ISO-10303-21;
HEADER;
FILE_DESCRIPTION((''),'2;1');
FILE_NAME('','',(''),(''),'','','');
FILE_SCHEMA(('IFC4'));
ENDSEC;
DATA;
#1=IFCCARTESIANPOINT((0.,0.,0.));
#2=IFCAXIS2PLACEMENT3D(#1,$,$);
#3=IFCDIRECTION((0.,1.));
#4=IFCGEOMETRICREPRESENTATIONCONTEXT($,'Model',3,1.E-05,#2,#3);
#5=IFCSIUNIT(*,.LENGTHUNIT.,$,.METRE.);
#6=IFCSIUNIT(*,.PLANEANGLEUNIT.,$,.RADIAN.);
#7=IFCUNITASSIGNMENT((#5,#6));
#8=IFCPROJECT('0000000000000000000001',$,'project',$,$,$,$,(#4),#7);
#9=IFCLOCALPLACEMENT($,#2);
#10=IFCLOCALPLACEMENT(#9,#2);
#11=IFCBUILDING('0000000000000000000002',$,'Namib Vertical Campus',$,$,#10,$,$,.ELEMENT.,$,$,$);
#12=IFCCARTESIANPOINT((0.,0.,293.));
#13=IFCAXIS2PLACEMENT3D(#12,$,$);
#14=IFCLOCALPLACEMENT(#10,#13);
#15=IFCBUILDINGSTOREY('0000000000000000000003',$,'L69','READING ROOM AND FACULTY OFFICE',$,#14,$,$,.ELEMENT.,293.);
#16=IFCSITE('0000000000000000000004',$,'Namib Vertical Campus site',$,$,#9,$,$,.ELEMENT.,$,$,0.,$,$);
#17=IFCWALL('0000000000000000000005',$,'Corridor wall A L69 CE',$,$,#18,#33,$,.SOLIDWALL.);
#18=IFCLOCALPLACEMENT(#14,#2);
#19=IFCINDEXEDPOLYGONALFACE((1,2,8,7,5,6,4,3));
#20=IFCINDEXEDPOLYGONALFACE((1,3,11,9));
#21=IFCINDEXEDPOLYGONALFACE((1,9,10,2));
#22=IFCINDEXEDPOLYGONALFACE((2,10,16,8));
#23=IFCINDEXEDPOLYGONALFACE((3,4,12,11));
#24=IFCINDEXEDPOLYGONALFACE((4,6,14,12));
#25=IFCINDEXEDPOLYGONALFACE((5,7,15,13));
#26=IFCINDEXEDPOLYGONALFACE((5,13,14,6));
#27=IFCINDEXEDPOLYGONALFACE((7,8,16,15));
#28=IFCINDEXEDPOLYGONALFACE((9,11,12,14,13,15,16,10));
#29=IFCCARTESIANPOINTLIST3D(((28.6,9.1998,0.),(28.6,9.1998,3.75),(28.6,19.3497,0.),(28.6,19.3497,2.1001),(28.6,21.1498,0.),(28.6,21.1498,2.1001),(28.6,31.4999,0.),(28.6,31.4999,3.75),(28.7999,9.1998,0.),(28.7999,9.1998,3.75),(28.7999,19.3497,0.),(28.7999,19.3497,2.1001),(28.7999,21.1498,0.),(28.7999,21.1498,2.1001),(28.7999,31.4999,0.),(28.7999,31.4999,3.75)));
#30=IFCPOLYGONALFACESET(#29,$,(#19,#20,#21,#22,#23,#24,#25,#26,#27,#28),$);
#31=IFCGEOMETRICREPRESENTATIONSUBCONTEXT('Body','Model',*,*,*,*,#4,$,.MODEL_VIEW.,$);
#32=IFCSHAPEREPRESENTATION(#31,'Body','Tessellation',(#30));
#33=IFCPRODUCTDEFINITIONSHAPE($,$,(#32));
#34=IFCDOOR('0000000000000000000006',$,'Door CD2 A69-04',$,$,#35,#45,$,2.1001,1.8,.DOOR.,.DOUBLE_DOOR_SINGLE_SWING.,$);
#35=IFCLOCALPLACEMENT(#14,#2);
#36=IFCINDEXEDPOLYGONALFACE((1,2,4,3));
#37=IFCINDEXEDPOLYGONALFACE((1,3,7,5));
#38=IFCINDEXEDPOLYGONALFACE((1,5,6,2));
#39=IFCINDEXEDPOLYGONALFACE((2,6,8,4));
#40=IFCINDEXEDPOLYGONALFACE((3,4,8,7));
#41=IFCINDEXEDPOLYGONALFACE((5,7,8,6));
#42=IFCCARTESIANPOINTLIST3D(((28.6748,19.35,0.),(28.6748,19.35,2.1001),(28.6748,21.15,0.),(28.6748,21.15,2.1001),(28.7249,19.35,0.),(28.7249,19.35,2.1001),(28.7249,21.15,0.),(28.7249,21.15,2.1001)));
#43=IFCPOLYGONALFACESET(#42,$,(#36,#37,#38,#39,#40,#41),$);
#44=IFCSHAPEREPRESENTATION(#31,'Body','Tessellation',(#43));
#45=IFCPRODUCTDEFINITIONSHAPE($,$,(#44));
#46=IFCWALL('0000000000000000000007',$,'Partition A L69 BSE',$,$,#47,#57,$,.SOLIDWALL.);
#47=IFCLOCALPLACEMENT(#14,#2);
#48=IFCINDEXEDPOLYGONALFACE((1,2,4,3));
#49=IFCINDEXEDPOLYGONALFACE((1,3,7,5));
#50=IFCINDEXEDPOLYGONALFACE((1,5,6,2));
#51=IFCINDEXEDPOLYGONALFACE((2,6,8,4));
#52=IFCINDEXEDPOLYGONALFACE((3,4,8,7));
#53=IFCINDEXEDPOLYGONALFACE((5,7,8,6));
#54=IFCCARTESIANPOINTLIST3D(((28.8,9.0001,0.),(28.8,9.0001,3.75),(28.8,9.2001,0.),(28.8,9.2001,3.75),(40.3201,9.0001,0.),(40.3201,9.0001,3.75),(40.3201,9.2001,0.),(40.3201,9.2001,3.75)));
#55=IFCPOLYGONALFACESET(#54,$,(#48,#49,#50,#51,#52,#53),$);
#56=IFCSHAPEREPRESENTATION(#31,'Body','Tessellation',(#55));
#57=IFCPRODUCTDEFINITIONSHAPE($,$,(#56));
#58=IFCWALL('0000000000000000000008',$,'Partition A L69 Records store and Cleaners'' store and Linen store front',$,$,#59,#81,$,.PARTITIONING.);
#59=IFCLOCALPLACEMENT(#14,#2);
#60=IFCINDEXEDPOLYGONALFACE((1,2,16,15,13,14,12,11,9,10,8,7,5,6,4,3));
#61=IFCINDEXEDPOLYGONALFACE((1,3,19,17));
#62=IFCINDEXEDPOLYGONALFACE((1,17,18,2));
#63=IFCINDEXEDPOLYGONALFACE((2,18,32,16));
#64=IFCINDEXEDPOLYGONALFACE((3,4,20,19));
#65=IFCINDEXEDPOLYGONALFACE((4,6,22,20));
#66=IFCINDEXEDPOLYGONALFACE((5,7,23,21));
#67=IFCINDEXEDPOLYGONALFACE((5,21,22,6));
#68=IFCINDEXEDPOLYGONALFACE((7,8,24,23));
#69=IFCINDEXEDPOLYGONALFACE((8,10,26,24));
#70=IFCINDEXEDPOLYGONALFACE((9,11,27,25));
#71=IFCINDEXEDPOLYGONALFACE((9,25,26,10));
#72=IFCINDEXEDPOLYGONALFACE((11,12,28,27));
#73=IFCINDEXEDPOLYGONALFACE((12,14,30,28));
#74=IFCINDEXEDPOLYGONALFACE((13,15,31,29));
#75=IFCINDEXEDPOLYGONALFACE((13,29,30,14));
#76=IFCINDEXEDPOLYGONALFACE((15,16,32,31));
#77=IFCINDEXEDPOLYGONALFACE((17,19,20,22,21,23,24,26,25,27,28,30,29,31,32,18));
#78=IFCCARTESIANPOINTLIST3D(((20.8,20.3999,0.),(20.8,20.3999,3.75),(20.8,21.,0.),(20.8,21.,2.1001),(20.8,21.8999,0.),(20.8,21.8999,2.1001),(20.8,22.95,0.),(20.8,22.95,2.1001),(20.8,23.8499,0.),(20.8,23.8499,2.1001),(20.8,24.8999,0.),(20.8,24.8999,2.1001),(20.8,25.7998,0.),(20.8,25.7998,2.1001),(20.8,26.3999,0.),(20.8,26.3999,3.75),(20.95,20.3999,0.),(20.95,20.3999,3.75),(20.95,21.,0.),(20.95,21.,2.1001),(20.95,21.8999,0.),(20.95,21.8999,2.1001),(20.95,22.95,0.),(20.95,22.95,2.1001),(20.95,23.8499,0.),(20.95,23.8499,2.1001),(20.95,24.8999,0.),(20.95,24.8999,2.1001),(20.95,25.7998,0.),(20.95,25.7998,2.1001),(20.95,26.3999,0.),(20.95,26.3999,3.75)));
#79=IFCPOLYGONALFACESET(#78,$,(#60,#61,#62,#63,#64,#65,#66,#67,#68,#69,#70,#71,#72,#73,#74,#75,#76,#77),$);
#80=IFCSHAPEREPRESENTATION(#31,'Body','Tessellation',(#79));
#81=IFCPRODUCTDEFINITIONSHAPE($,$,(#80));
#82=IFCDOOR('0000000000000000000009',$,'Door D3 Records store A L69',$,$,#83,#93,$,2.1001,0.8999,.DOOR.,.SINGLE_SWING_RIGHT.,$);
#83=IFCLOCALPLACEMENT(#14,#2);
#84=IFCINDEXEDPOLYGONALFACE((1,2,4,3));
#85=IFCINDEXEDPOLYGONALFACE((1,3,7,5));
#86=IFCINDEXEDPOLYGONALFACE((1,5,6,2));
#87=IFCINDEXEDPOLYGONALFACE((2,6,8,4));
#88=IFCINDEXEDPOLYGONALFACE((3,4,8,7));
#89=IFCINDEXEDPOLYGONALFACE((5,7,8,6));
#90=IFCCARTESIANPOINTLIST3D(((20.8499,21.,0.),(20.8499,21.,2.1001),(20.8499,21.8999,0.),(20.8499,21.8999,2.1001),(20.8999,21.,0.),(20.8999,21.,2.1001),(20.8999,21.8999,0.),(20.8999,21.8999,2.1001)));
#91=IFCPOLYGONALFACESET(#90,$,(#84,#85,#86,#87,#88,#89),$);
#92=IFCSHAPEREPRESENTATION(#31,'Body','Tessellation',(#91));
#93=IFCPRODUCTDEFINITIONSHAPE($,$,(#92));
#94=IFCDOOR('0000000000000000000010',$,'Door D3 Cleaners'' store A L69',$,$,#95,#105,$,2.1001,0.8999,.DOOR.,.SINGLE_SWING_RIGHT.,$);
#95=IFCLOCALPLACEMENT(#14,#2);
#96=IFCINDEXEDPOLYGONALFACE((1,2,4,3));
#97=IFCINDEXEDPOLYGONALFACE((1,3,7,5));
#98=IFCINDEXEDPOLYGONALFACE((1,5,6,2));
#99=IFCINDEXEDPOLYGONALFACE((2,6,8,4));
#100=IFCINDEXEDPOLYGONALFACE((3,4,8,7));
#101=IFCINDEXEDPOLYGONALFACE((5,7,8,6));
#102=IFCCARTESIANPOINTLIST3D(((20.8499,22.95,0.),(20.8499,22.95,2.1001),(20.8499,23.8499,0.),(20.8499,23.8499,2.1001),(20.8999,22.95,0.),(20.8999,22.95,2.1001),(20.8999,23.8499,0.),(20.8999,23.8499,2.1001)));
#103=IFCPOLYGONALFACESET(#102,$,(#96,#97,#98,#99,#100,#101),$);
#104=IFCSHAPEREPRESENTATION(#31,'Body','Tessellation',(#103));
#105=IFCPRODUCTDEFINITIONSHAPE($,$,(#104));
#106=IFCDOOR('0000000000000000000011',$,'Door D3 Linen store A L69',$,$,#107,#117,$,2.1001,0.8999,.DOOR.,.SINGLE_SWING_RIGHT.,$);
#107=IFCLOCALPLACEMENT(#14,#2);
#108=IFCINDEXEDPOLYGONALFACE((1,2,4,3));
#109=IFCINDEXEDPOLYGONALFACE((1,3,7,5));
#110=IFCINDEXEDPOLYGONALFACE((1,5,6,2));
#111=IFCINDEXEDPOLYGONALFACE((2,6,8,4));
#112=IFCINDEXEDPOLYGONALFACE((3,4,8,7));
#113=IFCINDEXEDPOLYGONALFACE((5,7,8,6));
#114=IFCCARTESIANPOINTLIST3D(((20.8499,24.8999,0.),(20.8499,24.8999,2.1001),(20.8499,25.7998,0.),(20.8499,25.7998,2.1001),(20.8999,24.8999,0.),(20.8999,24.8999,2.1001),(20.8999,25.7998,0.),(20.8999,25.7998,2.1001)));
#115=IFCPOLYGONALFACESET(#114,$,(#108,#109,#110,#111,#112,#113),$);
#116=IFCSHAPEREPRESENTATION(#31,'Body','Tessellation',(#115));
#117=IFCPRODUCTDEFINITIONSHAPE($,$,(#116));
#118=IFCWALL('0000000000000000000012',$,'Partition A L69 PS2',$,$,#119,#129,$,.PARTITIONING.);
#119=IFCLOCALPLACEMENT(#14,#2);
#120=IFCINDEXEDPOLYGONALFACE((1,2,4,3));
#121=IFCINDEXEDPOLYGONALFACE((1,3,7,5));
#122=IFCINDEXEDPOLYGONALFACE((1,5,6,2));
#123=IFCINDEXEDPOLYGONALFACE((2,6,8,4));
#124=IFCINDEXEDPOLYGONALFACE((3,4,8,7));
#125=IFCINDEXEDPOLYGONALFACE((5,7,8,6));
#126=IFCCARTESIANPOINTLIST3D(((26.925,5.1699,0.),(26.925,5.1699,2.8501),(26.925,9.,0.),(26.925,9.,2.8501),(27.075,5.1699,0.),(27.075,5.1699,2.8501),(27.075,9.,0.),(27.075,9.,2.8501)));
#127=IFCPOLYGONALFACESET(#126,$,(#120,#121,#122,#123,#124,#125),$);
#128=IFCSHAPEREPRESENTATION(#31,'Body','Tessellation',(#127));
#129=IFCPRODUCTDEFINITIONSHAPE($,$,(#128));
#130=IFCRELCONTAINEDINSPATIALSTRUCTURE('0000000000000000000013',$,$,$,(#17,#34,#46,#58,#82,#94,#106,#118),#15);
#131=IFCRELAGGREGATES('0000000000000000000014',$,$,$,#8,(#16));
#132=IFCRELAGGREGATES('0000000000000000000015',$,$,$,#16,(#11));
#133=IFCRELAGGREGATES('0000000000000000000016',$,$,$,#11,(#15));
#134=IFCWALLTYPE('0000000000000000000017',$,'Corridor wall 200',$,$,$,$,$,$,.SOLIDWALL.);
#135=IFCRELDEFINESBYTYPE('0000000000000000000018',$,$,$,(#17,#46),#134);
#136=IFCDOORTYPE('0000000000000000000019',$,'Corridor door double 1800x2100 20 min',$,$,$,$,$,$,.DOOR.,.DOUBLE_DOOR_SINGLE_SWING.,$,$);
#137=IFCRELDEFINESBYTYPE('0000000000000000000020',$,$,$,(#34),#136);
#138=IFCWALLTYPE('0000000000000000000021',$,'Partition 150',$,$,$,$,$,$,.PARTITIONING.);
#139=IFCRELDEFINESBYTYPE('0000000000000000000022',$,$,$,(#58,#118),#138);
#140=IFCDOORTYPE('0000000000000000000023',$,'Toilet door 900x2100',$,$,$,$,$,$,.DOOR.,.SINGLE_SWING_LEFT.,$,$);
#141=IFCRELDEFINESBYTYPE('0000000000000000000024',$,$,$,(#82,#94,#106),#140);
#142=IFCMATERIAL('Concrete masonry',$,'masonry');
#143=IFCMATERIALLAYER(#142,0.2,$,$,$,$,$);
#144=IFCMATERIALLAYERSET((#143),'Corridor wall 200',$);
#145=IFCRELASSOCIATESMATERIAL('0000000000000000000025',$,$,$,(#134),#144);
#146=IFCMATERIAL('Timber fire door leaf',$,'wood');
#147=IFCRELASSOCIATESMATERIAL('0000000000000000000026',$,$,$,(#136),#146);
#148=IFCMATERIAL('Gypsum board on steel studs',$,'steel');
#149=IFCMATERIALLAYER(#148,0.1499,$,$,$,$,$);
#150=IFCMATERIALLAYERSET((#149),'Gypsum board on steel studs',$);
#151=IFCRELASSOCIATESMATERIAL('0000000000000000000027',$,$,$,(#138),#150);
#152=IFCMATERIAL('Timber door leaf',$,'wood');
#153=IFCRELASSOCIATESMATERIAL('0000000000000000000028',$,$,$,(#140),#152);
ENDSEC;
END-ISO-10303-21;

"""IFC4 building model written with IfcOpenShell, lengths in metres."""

from ifc_helpers import new_model, si_unit, direction, frame, frame_2d, origin, place, context, subcontext, project, spatial, rectangle, extrude, material, layer, layer_set, type_object, element, fill, save


model = new_model("IFC4")

# Units and contexts
model_context = context("Model", 3, precision=1e-05, world=origin(), true_north=direction((0.0, 1.0)))
body_context = subcontext(model_context, "Body", "Model", "MODEL_VIEW")
ifc_project = project(units=[si_unit("LENGTHUNIT", "METRE"), si_unit("PLANEANGLEUNIT", "RADIAN")], contexts=[model_context])

# Site, building, storey
site_placement = place(None, origin())
site = spatial("IfcSite", under=ifc_project, at=site_placement, Name="Namib Vertical Campus site", CompositionType="ELEMENT", RefElevation=0.0)
building_placement = place(site_placement, origin())
building = spatial("IfcBuilding", under=site, at=building_placement, Name="Namib Vertical Campus", CompositionType="ELEMENT")
storey_placement = place(building_placement, frame((0.0, 0.0, 293.0)))
storey = spatial("IfcBuildingStorey", under=building, at=storey_placement, Name="L69", Description="READING ROOM AND FACULTY OFFICE", CompositionType="ELEMENT", Elevation=293.0)

# Wall, opening, door
ifc_material_1 = material(Name="Concrete masonry", Category="masonry")
ifc_layer_1 = layer(ifc_material_1, 0.2)
ifc_layer_set_1 = layer_set([ifc_layer_1], Name="Corridor wall 200")
wall_type_1 = type_object("IfcWallType", Name="Corridor wall 200", PredefinedType="SOLIDWALL", material=ifc_layer_set_1)
wall_1_placement = place(storey_placement, frame((28.7, 9.2, 0.0), z_axis=(0.0, 0.0, 1.0), x_axis=(0.0, 1.0, 0.0)))
wall_1 = element("IfcWall", 1, at=wall_1_placement, inside=storey, type_object=wall_type_1, Name="Corridor wall A L69 CE", PredefinedType="SOLIDWALL", context=body_context, shape_type="SweptSolid", body=[
    extrude(rectangle(XDim=22.3, YDim=0.2, at=frame_2d((11.1499, 0.0))), origin(), (0.0, 0.0, 1.0), 3.75),
])
opening_1_placement = place(wall_1_placement, frame((10.1499, 0.0, 0.0)))
opening_1 = element("IfcOpeningElement", 2, at=opening_1_placement, cuts=wall_1, PredefinedType="OPENING", context=body_context, shape_type="SweptSolid", body=[
    extrude(rectangle(XDim=1.8, YDim=2.1001, at=frame_2d((0.8999, 1.05))), frame((0.0, 0.1099, 0.0), z_axis=(0.0, -1.0, 0.0), x_axis=(1.0, 0.0, 0.0)), (0.0, 0.0, 1.0), 0.22),
])
ifc_material_2 = material(Name="Timber fire door leaf", Category="wood")
door_type_1 = type_object("IfcDoorType", Name="Corridor door double 1800x2100 20 min", OperationType="DOUBLE_DOOR_SINGLE_SWING", PredefinedType="DOOR", material=ifc_material_2)
door_1_placement = place(opening_1_placement, frame((1.8, 0.0, 0.0), z_axis=(0.0, 0.0, 1.0), x_axis=(-1.0, 0.0, 0.0)))
door_1 = element("IfcDoor", 3, at=door_1_placement, inside=storey, type_object=door_type_1, Name="Door CD2 A69-04", OperationType="DOUBLE_DOOR_SINGLE_SWING", OverallHeight=2.1001, OverallWidth=1.8, PredefinedType="DOOR", context=body_context, shape_type="SweptSolid", body=[
    extrude(rectangle(XDim=1.8, YDim=2.1001, at=frame_2d((0.8999, 1.05))), frame((0.0, 0.0249, 0.0), z_axis=(0.0, -1.0, 0.0), x_axis=(1.0, 0.0, 0.0)), (0.0, 0.0, 1.0), 0.05),
])
fill(opening_1, door_1)

# Wall
wall_2_placement = place(storey_placement, frame((28.8, 9.1001, 0.0), z_axis=(0.0, 0.0, 1.0), x_axis=(1.0, 0.0, 0.0)))
element("IfcWall", 4, at=wall_2_placement, inside=storey, type_object=wall_type_1, Name="Partition A L69 BSE", PredefinedType="SOLIDWALL", context=body_context, shape_type="SweptSolid", body=[
    extrude(rectangle(XDim=11.52, YDim=0.2, at=frame_2d((5.76, 0.0))), origin(), (0.0, 0.0, 1.0), 3.75),
])

# Wall, openings, doors
ifc_material_3 = material(Name="Gypsum board on steel studs", Category="steel")
ifc_layer_2 = layer(ifc_material_3, 0.1499)
ifc_layer_set_2 = layer_set([ifc_layer_2], Name="Gypsum board on steel studs")
wall_type_2 = type_object("IfcWallType", Name="Partition 150", PredefinedType="PARTITIONING", material=ifc_layer_set_2)
wall_3_placement = place(storey_placement, frame((20.875, 20.3999, 0.0), z_axis=(0.0, 0.0, 1.0), x_axis=(0.0, 1.0, 0.0)))
wall_3 = element("IfcWall", 5, at=wall_3_placement, inside=storey, type_object=wall_type_2, Name="Partition A L69 Records store and Cleaners' store and Linen store front", PredefinedType="PARTITIONING", context=body_context, shape_type="SweptSolid", body=[
    extrude(rectangle(XDim=6.0, YDim=0.1499, at=frame_2d((3.0, 0.0))), origin(), (0.0, 0.0, 1.0), 3.75),
])
opening_2_placement = place(wall_3_placement, frame((0.6001, 0.0, 0.0)))
opening_2 = element("IfcOpeningElement", 6, at=opening_2_placement, cuts=wall_3, PredefinedType="OPENING", context=body_context, shape_type="SweptSolid", body=[
    extrude(rectangle(XDim=0.8999, YDim=2.1001, at=frame_2d((0.45, 1.05))), frame((0.0, 0.085, 0.0), z_axis=(0.0, -1.0, 0.0), x_axis=(1.0, 0.0, 0.0)), (0.0, 0.0, 1.0), 0.1699),
])
opening_3_placement = place(wall_3_placement, frame((2.55, 0.0, 0.0)))
opening_3 = element("IfcOpeningElement", 7, at=opening_3_placement, cuts=wall_3, PredefinedType="OPENING", context=body_context, shape_type="SweptSolid", body=[
    extrude(rectangle(XDim=0.8999, YDim=2.1001, at=frame_2d((0.45, 1.05))), frame((0.0, 0.085, 0.0), z_axis=(0.0, -1.0, 0.0), x_axis=(1.0, 0.0, 0.0)), (0.0, 0.0, 1.0), 0.1699),
])
opening_4_placement = place(wall_3_placement, frame((4.5, 0.0, 0.0)))
opening_4 = element("IfcOpeningElement", 8, at=opening_4_placement, cuts=wall_3, PredefinedType="OPENING", context=body_context, shape_type="SweptSolid", body=[
    extrude(rectangle(XDim=0.8999, YDim=2.1001, at=frame_2d((0.45, 1.05))), frame((0.0, 0.085, 0.0), z_axis=(0.0, -1.0, 0.0), x_axis=(1.0, 0.0, 0.0)), (0.0, 0.0, 1.0), 0.1699),
])
ifc_material_4 = material(Name="Timber door leaf", Category="wood")
door_type_2 = type_object("IfcDoorType", Name="Toilet door 900x2100", OperationType="SINGLE_SWING_LEFT", PredefinedType="DOOR", material=ifc_material_4)
door_2_placement = place(opening_2_placement, frame((0.8999, 0.0, 0.0), z_axis=(0.0, 0.0, 1.0), x_axis=(-1.0, 0.0, 0.0)))
door_2 = element("IfcDoor", 9, at=door_2_placement, inside=storey, type_object=door_type_2, Name="Door D3 Records store A L69", OperationType="SINGLE_SWING_RIGHT", OverallHeight=2.1001, OverallWidth=0.8999, PredefinedType="DOOR", context=body_context, shape_type="SweptSolid", body=[
    extrude(rectangle(XDim=0.8999, YDim=2.1001, at=frame_2d((0.45, 1.05))), frame((0.0, 0.0249, 0.0), z_axis=(0.0, -1.0, 0.0), x_axis=(1.0, 0.0, 0.0)), (0.0, 0.0, 1.0), 0.05),
])
fill(opening_2, door_2)
door_3_placement = place(opening_3_placement, frame((0.8999, 0.0, 0.0), z_axis=(0.0, 0.0, 1.0), x_axis=(-1.0, 0.0, 0.0)))
door_3 = element("IfcDoor", 10, at=door_3_placement, inside=storey, type_object=door_type_2, Name="Door D3 Cleaners' store A L69", OperationType="SINGLE_SWING_RIGHT", OverallHeight=2.1001, OverallWidth=0.8999, PredefinedType="DOOR", context=body_context, shape_type="SweptSolid", body=[
    extrude(rectangle(XDim=0.8999, YDim=2.1001, at=frame_2d((0.45, 1.05))), frame((0.0, 0.0249, 0.0), z_axis=(0.0, -1.0, 0.0), x_axis=(1.0, 0.0, 0.0)), (0.0, 0.0, 1.0), 0.05),
])
fill(opening_3, door_3)
door_4_placement = place(opening_4_placement, frame((0.8999, 0.0, 0.0), z_axis=(0.0, 0.0, 1.0), x_axis=(-1.0, 0.0, 0.0)))
door_4 = element("IfcDoor", 11, at=door_4_placement, inside=storey, type_object=door_type_2, Name="Door D3 Linen store A L69", OperationType="SINGLE_SWING_RIGHT", OverallHeight=2.1001, OverallWidth=0.8999, PredefinedType="DOOR", context=body_context, shape_type="SweptSolid", body=[
    extrude(rectangle(XDim=0.8999, YDim=2.1001, at=frame_2d((0.45, 1.05))), frame((0.0, 0.0249, 0.0), z_axis=(0.0, -1.0, 0.0), x_axis=(1.0, 0.0, 0.0)), (0.0, 0.0, 1.0), 0.05),
])
fill(opening_4, door_4)

# Wall
wall_4_placement = place(storey_placement, frame((27.0, 5.1699, 0.0), z_axis=(0.0, 0.0, 1.0), x_axis=(0.0, 1.0, 0.0)))
element("IfcWall", 12, at=wall_4_placement, inside=storey, type_object=wall_type_2, Name="Partition A L69 PS2", PredefinedType="PARTITIONING", context=body_context, shape_type="SweptSolid", body=[
    extrude(rectangle(XDim=3.8301, YDim=0.1499, at=frame_2d((1.915, 0.0))), origin(), (0.0, 0.0, 1.0), 2.8501),
])

save(model, "model.ifc")
